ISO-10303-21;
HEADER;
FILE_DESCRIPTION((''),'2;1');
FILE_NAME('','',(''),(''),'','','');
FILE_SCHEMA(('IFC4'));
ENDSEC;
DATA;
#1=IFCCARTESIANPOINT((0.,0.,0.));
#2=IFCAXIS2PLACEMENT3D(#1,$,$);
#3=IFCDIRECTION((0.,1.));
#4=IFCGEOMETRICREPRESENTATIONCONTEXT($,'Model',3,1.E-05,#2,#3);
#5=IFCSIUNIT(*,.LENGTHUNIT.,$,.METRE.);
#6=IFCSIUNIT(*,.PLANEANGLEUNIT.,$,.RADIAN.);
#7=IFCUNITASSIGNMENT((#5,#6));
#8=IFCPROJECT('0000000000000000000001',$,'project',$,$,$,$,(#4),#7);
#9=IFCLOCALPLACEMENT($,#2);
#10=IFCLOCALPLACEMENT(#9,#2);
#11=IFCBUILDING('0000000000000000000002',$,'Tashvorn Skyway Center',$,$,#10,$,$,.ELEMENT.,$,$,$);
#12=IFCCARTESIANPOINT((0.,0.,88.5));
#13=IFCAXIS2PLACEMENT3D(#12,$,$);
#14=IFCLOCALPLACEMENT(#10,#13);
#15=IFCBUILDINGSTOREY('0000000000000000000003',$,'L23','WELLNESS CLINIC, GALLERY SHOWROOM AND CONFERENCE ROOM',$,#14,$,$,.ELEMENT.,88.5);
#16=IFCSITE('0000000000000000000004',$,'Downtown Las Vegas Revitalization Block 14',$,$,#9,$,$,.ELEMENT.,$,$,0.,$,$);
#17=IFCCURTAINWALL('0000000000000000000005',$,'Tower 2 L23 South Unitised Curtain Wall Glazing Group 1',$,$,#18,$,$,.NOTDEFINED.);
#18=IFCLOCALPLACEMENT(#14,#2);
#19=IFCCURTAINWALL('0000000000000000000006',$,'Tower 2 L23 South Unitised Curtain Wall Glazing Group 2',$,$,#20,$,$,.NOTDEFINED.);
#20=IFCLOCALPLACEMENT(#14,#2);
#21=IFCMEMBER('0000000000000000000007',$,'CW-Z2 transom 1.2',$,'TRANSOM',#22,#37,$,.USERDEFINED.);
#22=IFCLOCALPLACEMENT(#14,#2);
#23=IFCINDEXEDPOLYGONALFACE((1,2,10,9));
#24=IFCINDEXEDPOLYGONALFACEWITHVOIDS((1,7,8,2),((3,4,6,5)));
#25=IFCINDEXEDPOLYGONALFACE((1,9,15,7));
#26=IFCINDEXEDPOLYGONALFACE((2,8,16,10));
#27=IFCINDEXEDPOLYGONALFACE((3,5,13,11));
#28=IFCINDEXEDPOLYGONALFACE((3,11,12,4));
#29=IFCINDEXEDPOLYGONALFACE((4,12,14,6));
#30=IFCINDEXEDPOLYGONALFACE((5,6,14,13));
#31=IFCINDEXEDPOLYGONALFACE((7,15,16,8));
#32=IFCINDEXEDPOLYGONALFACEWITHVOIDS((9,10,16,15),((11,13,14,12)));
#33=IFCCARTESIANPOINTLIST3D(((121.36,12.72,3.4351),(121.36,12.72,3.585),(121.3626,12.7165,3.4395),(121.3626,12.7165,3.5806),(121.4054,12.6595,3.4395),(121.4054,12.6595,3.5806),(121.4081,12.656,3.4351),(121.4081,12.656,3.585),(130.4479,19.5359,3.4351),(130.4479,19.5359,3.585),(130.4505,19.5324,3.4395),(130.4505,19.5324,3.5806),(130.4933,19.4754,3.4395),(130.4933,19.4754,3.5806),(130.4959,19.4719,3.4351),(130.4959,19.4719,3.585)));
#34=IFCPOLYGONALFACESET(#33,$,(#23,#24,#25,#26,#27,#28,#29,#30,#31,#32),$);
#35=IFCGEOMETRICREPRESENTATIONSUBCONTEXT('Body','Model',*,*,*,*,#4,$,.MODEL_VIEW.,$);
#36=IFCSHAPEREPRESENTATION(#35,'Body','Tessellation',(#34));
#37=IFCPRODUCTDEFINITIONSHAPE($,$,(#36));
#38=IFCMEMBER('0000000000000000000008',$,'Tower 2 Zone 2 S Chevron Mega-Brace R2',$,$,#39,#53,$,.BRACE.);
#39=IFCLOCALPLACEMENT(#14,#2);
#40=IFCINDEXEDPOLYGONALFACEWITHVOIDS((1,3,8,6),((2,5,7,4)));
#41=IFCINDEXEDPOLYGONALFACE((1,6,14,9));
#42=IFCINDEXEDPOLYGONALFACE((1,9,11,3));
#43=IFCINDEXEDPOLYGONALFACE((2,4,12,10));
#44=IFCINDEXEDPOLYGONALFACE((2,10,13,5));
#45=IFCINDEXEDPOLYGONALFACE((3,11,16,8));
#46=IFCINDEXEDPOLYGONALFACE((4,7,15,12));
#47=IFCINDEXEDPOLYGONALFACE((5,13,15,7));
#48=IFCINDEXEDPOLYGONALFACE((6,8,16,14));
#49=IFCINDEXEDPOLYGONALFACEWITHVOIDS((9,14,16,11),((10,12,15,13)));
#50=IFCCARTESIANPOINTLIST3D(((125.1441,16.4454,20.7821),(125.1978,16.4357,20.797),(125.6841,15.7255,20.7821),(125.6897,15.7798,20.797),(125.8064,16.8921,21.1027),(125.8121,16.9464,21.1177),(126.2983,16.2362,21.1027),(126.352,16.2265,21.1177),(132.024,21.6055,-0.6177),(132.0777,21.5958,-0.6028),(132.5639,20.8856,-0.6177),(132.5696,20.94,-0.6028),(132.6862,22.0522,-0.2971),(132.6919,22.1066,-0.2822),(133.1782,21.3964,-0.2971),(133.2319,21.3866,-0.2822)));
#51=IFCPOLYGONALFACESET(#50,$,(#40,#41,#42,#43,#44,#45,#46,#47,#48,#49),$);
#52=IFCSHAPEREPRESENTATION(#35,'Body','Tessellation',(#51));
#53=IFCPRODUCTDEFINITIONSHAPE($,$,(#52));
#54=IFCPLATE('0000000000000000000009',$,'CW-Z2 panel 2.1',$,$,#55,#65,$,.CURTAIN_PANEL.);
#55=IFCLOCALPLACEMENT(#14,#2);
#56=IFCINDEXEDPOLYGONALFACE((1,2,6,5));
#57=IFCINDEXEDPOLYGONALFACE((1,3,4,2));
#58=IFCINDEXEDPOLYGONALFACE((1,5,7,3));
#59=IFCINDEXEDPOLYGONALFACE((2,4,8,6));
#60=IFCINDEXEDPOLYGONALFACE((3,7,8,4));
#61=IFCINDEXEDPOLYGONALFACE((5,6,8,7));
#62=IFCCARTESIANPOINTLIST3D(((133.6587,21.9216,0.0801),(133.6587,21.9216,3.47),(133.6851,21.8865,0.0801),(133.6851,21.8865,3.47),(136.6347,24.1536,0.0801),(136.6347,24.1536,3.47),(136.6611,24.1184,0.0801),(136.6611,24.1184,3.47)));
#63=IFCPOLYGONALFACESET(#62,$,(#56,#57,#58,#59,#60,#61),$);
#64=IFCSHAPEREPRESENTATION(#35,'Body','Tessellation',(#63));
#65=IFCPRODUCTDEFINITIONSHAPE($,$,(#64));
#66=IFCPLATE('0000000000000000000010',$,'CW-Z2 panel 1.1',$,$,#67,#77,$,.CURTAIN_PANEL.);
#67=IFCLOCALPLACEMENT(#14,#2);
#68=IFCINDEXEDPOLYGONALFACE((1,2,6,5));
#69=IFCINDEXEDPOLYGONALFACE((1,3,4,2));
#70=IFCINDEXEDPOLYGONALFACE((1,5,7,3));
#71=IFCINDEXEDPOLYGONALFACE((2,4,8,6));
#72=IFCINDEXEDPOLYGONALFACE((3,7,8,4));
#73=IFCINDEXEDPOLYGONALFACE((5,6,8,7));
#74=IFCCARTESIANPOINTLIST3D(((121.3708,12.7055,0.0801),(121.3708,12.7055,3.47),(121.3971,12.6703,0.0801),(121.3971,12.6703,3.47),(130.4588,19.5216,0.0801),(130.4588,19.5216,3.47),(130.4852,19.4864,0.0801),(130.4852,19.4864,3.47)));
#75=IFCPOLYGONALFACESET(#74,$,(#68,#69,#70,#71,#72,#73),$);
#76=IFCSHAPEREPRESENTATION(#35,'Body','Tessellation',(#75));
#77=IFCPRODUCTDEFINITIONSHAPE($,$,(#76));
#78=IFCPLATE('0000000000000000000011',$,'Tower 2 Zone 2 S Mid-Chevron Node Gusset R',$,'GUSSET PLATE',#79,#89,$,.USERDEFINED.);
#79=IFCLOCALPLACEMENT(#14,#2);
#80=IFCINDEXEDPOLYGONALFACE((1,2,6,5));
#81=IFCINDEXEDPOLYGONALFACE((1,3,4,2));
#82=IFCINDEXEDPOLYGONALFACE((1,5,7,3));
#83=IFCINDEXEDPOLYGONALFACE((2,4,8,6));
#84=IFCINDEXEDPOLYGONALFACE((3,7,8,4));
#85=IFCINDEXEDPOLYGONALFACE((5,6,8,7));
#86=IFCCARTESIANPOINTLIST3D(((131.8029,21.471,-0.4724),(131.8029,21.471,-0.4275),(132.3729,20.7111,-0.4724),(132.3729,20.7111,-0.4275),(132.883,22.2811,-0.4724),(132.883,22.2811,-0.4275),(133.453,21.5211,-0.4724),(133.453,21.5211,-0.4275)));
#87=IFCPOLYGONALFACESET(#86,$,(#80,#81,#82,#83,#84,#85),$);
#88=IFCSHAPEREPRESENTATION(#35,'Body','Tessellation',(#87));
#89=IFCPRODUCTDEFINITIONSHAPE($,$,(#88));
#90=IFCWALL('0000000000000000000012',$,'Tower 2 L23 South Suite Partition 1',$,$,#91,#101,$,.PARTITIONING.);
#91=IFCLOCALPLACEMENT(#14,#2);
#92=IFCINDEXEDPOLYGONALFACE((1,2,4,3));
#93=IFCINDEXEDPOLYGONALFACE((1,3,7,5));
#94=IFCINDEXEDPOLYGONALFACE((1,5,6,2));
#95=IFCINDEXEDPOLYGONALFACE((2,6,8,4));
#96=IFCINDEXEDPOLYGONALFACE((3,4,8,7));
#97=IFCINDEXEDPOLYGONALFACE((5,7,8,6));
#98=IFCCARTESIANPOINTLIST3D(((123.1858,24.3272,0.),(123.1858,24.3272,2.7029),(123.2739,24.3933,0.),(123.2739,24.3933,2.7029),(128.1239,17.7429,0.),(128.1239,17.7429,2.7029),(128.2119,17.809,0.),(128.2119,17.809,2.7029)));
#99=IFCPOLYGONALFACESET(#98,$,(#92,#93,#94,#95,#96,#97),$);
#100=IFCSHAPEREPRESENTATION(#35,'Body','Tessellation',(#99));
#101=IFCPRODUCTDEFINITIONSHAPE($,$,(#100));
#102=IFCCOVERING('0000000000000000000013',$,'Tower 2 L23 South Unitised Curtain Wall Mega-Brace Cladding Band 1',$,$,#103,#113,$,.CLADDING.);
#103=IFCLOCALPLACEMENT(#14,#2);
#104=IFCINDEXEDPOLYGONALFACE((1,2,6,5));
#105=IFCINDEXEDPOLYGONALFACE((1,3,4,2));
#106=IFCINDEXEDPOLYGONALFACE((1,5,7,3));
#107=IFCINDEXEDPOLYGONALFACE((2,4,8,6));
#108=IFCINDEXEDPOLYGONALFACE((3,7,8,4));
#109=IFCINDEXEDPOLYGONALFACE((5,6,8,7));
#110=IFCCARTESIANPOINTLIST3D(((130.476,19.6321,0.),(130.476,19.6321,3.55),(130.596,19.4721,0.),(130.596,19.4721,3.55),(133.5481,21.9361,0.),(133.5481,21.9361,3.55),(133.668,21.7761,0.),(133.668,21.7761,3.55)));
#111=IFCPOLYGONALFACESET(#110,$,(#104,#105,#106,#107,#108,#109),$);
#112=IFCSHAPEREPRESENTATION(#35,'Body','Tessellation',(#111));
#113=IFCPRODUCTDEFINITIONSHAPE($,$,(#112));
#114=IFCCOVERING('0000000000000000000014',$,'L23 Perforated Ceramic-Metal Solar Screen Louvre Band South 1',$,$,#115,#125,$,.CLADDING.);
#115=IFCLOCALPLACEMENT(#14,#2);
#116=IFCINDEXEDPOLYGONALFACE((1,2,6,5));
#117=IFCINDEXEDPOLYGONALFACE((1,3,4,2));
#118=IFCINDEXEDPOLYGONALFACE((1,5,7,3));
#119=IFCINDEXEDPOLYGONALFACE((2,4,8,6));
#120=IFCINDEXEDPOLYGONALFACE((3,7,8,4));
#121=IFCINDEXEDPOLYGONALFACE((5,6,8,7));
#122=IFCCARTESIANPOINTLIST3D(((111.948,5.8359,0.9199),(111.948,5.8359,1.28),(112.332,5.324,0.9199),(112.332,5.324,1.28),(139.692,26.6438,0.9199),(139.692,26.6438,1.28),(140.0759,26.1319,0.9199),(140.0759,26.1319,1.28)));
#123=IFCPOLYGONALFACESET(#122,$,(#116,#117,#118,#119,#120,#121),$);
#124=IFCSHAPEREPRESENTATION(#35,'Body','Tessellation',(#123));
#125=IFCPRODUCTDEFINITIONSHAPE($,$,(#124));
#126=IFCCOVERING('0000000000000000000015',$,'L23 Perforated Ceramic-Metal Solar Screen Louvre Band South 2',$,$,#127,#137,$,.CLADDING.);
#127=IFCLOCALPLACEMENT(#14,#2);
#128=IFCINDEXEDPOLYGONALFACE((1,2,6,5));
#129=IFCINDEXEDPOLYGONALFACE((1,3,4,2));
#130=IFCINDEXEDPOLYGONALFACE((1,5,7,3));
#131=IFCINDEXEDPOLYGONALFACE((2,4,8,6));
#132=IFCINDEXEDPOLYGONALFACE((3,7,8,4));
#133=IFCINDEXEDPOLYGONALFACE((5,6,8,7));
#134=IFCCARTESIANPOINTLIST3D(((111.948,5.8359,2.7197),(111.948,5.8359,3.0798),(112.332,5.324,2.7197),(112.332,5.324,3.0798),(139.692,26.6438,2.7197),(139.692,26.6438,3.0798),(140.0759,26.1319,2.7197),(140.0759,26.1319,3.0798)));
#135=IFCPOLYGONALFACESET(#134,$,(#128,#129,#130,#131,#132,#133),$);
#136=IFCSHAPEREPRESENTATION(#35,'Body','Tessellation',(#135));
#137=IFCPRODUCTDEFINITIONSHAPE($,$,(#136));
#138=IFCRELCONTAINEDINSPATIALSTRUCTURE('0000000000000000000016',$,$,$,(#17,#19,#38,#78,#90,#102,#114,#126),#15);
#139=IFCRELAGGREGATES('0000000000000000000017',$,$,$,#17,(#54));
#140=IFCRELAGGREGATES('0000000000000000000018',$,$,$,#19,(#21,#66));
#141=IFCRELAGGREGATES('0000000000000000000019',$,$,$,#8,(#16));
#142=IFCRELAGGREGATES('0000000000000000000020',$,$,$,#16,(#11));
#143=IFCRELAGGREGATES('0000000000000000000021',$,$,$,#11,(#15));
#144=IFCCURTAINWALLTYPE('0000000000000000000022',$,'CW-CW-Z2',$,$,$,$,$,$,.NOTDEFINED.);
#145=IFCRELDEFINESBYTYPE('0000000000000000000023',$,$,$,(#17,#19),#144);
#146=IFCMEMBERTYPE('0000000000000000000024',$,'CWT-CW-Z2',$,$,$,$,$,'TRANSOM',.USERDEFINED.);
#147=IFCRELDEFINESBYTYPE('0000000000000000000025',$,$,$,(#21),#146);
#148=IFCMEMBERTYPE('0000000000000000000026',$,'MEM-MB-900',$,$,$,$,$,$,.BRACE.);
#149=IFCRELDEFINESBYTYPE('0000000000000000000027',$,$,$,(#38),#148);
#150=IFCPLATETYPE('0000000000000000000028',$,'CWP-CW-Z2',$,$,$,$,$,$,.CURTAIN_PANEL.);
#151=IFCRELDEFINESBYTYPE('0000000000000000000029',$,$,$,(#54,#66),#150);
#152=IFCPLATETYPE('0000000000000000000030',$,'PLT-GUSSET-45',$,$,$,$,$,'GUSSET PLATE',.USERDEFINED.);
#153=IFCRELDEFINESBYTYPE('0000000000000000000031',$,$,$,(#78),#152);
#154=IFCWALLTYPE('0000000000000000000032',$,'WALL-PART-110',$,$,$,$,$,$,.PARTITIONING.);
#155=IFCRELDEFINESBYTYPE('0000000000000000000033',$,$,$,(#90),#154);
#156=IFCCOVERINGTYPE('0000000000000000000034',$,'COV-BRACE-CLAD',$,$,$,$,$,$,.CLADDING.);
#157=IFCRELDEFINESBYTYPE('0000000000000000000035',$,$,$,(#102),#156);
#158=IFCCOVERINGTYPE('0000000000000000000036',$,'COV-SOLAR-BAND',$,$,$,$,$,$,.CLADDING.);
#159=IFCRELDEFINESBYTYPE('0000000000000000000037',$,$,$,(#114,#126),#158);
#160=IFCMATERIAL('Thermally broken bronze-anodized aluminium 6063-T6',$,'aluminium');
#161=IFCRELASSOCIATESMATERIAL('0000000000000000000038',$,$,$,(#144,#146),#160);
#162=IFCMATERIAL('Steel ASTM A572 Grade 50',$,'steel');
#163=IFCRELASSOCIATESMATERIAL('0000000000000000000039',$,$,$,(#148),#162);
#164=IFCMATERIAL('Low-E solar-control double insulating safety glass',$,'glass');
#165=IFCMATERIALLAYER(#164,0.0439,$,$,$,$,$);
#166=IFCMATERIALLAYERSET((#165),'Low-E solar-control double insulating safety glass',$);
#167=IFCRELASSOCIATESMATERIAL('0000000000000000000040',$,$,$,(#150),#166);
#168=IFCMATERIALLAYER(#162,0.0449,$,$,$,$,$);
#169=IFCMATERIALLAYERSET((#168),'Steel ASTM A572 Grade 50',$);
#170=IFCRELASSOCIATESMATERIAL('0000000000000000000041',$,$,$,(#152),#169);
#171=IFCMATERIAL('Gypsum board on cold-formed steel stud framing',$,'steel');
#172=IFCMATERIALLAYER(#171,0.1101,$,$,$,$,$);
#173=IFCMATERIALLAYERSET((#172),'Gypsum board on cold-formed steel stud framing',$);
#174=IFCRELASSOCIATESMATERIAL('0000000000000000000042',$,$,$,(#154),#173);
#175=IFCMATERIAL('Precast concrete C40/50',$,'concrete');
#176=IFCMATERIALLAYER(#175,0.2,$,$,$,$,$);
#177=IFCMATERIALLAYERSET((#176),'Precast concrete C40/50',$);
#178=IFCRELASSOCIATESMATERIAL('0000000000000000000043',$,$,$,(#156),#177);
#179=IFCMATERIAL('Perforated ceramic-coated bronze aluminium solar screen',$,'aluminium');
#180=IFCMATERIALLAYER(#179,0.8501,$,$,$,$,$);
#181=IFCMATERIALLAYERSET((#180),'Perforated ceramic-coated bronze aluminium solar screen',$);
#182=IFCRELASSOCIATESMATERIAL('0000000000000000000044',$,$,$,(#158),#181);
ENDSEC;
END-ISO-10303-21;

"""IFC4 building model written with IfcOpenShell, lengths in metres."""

from ifc_helpers import new_model, si_unit, direction, frame, frame_2d, origin, origin_2d, place, context, subcontext, project, spatial, rectangle, hollow_rectangle, extrude, material, layer, layer_set, material_profile, profile_set, type_object, element, aggregate, save


model = new_model("IFC4")

# Units and contexts
model_context = context("Model", 3, precision=1e-05, world=origin(), true_north=direction((0.0, 1.0)))
body_context = subcontext(model_context, "Body", "Model", "MODEL_VIEW")
ifc_project = project(units=[si_unit("LENGTHUNIT", "METRE"), si_unit("PLANEANGLEUNIT", "RADIAN")], contexts=[model_context])

# Site, building, storey
site_placement = place(None, origin())
site = spatial("IfcSite", under=ifc_project, at=site_placement, Name="Downtown Las Vegas Revitalization Block 14", CompositionType="ELEMENT", RefElevation=0.0)
building_placement = place(site_placement, origin())
building = spatial("IfcBuilding", under=site, at=building_placement, Name="Tashvorn Skyway Center", CompositionType="ELEMENT")
storey_placement = place(building_placement, frame((0.0, 0.0, 88.5)))
storey = spatial("IfcBuildingStorey", under=building, at=storey_placement, Name="L23", Description="WELLNESS CLINIC, GALLERY SHOWROOM AND CONFERENCE ROOM", CompositionType="ELEMENT", Elevation=88.5)

# Shared definitions
ifc_material_1 = material(Name="Steel ASTM A572 Grade 50", Category="steel")

# Curtain wall
ifc_material_2 = material(Name="Thermally broken bronze-anodized aluminium 6063-T6", Category="aluminium")
curtain_wall_type = type_object("IfcCurtainWallType", Name="CW-CW-Z2", PredefinedType="NOTDEFINED", material=ifc_material_2)
curtain_wall_1_placement = place(storey_placement, origin())
curtain_wall_1 = element("IfcCurtainWall", 1, at=curtain_wall_1_placement, inside=storey, type_object=curtain_wall_type, Name="Tower 2 L23 South Unitised Curtain Wall Glazing Group 1", PredefinedType="NOTDEFINED")

# Curtain wall
curtain_wall_2_placement = place(storey_placement, origin())
curtain_wall_2 = element("IfcCurtainWall", 2, at=curtain_wall_2_placement, inside=storey, type_object=curtain_wall_type, Name="Tower 2 L23 South Unitised Curtain Wall Glazing Group 2", PredefinedType="NOTDEFINED")

# Members
ifc_material_profile_1 = material_profile(ifc_material_2, hollow_rectangle(XDim=0.0801, YDim=0.1499, WallThickness=0.0044, at=origin_2d()), Name="ALU-TRAN-80x150")
ifc_profile_set_1 = profile_set([ifc_material_profile_1], Name="Thermally broken bronze-anodized aluminium 6063-T6")
member_type_1 = type_object("IfcMemberType", Name="CWT-CW-Z2", ElementType="TRANSOM", PredefinedType="USERDEFINED", material=ifc_profile_set_1)
member_1_placement = place(storey_placement, frame((130.4719, 19.5039, 3.51), z_axis=(-0.8, -0.6, 0.0), x_axis=(0.6, -0.8, 0.0)))
member_1 = element("IfcMember", 3, at=member_1_placement, type_object=member_type_1, Name="CW-Z2 transom 1.2", ObjectType="TRANSOM", PredefinedType="USERDEFINED", context=body_context, shape_type="SweptSolid", body=[
    extrude(hollow_rectangle(XDim=0.0801, YDim=0.1499, WallThickness=0.0044, at=origin_2d()), origin(), (0.0, 0.0, 1.0), 11.3599),
])
ifc_material_profile_2 = material_profile(ifc_material_1, hollow_rectangle(XDim=0.8999, YDim=0.8999, WallThickness=0.04, at=origin_2d()), Name="BOX900x900x40")
ifc_profile_set_2 = profile_set([ifc_material_profile_2], Name="Steel ASTM A572 Grade 50")
member_type_2 = type_object("IfcMemberType", Name="MEM-MB-900", PredefinedType="BRACE", material=ifc_profile_set_2)
member_2_placement = place(storey_placement, frame((132.6279, 21.4961, -0.45), z_axis=(-0.298304, -0.223739, 0.927877), x_axis=(0.600018, -0.799986, 0.0)))
element("IfcMember", 4, at=member_2_placement, inside=storey, type_object=member_type_2, Name="Tower 2 Zone 2 S Chevron Mega-Brace R2", PredefinedType="BRACE", context=body_context, shape_type="SweptSolid", body=[
    extrude(hollow_rectangle(XDim=0.8999, YDim=0.8999, WallThickness=0.04, at=origin_2d()), origin(), (0.0, 0.0, 1.0), 23.0632),
])

# Plates
ifc_material_3 = material(Name="Low-E solar-control double insulating safety glass", Category="glass")
ifc_layer_1 = layer(ifc_material_3, 0.0439)
ifc_layer_set_1 = layer_set([ifc_layer_1], Name="Low-E solar-control double insulating safety glass")
plate_type_1 = type_object("IfcPlateType", Name="CWP-CW-Z2", PredefinedType="CURTAIN_PANEL", material=ifc_layer_set_1)
plate_1_placement = place(storey_placement, frame((135.1599, 23.02, 0.0801), z_axis=(0.0, 0.0, 1.0), x_axis=(-0.8, -0.6, 0.0)))
plate_1 = element("IfcPlate", 5, at=plate_1_placement, type_object=plate_type_1, Name="CW-Z2 panel 2.1", PredefinedType="CURTAIN_PANEL", context=body_context, shape_type="SweptSolid", body=[
    extrude(rectangle(XDim=3.72, YDim=0.0439, at=origin_2d()), origin(), (0.0, 0.0, 1.0), 3.3899),
])
aggregate(curtain_wall_1, [plate_1])
plate_2_placement = place(storey_placement, frame((125.928, 16.0959, 0.0801), z_axis=(0.0, 0.0, 1.0), x_axis=(-0.8, -0.6, 0.0)))
plate_2 = element("IfcPlate", 6, at=plate_2_placement, type_object=plate_type_1, Name="CW-Z2 panel 1.1", PredefinedType="CURTAIN_PANEL", context=body_context, shape_type="SweptSolid", body=[
    extrude(rectangle(XDim=11.3601, YDim=0.0439, at=origin_2d()), origin(), (0.0, 0.0, 1.0), 3.3899),
])
aggregate(curtain_wall_2, [member_1, plate_2])
ifc_layer_2 = layer(ifc_material_1, 0.0449)
ifc_layer_set_2 = layer_set([ifc_layer_2], Name="Steel ASTM A572 Grade 50")
plate_type_2 = type_object("IfcPlateType", Name="PLT-GUSSET-45", ElementType="GUSSET PLATE", PredefinedType="USERDEFINED", material=ifc_layer_set_2)
plate_3_placement = place(storey_placement, frame((132.6279, 21.4961, -0.4724), z_axis=(0.0, 0.0, 1.0), x_axis=(0.8, 0.6, 0.0)))
element("IfcPlate", 7, at=plate_3_placement, inside=storey, type_object=plate_type_2, Name="Tower 2 Zone 2 S Mid-Chevron Node Gusset R", ObjectType="GUSSET PLATE", PredefinedType="USERDEFINED", context=body_context, shape_type="SweptSolid", body=[
    extrude(rectangle(XDim=1.3501, YDim=0.95, at=origin_2d()), origin(), (0.0, 0.0, 1.0), 0.0449),
])

# Wall
ifc_material_4 = material(Name="Gypsum board on cold-formed steel stud framing", Category="steel")
ifc_layer_3 = layer(ifc_material_4, 0.1101)
ifc_layer_set_3 = layer_set([ifc_layer_3], Name="Gypsum board on cold-formed steel stud framing")
wall_type = type_object("IfcWallType", Name="WALL-PART-110", PredefinedType="PARTITIONING", material=ifc_layer_set_3)
wall_placement = place(storey_placement, frame((128.168, 17.7759, 0.0), z_axis=(0.0, 0.0, 1.0), x_axis=(-0.599986, 0.800011, 0.0)))
element("IfcWall", 8, at=wall_placement, inside=storey, type_object=wall_type, Name="Tower 2 L23 South Suite Partition 1", PredefinedType="PARTITIONING", context=body_context, shape_type="SweptSolid", body=[
    extrude(rectangle(XDim=8.2302, YDim=0.1101, at=frame_2d((4.1152, 0.0))), origin(), (0.0, 0.0, 1.0), 2.7029),
])

# Coverings
ifc_material_5 = material(Name="Precast concrete C40/50", Category="concrete")
ifc_layer_4 = layer(ifc_material_5, 0.2)
ifc_layer_set_4 = layer_set([ifc_layer_4], Name="Precast concrete C40/50")
covering_type_1 = type_object("IfcCoveringType", Name="COV-BRACE-CLAD", PredefinedType="CLADDING", material=ifc_layer_set_4)
covering_placement = place(storey_placement, frame((132.072, 20.7041, 0.0), z_axis=(0.0, 0.0, 1.0), x_axis=(-0.8, -0.6, 0.0)))
element("IfcCovering", 9, at=covering_placement, inside=storey, type_object=covering_type_1, Name="Tower 2 L23 South Unitised Curtain Wall Mega-Brace Cladding Band 1", PredefinedType="CLADDING", context=body_context, shape_type="SweptSolid", body=[
    extrude(rectangle(XDim=3.8401, YDim=0.2, at=origin_2d()), origin(), (0.0, 0.0, 1.0), 3.55),
])
ifc_material_6 = material(Name="Perforated ceramic-coated bronze aluminium solar screen", Category="aluminium")
ifc_layer_5 = layer(ifc_material_6, 0.8501)
ifc_layer_set_5 = layer_set([ifc_layer_5], Name="Perforated ceramic-coated bronze aluminium solar screen")
covering_type_2 = type_object("IfcCoveringType", Name="COV-SOLAR-BAND", PredefinedType="CLADDING", material=ifc_layer_set_5)
for number, where, z_axis, x_axis, name in (
    (10, (126.012, 15.9839, 0.9199), (0.0, 0.0, 1.0), (-0.8, -0.6, 0.0), "L23 Perforated Ceramic-Metal Solar Screen Louvre Band South 1"),
    (11, (126.012, 15.9839, 2.7197), (0.0, 0.0, 1.0), (-0.8, -0.6, 0.0), "L23 Perforated Ceramic-Metal Solar Screen Louvre Band South 2"),
):
    element("IfcCovering", number, at=place(storey_placement, frame(where, z_axis=z_axis, x_axis=x_axis)), inside=storey, type_object=covering_type_2, Name=name, PredefinedType="CLADDING", context=body_context, shape_type="SweptSolid", body=[
        extrude(rectangle(XDim=34.6799, YDim=0.6399, at=origin_2d()), origin(), (0.0, 0.0, 1.0), 0.3601),
    ])

save(model, "model.ifc")
